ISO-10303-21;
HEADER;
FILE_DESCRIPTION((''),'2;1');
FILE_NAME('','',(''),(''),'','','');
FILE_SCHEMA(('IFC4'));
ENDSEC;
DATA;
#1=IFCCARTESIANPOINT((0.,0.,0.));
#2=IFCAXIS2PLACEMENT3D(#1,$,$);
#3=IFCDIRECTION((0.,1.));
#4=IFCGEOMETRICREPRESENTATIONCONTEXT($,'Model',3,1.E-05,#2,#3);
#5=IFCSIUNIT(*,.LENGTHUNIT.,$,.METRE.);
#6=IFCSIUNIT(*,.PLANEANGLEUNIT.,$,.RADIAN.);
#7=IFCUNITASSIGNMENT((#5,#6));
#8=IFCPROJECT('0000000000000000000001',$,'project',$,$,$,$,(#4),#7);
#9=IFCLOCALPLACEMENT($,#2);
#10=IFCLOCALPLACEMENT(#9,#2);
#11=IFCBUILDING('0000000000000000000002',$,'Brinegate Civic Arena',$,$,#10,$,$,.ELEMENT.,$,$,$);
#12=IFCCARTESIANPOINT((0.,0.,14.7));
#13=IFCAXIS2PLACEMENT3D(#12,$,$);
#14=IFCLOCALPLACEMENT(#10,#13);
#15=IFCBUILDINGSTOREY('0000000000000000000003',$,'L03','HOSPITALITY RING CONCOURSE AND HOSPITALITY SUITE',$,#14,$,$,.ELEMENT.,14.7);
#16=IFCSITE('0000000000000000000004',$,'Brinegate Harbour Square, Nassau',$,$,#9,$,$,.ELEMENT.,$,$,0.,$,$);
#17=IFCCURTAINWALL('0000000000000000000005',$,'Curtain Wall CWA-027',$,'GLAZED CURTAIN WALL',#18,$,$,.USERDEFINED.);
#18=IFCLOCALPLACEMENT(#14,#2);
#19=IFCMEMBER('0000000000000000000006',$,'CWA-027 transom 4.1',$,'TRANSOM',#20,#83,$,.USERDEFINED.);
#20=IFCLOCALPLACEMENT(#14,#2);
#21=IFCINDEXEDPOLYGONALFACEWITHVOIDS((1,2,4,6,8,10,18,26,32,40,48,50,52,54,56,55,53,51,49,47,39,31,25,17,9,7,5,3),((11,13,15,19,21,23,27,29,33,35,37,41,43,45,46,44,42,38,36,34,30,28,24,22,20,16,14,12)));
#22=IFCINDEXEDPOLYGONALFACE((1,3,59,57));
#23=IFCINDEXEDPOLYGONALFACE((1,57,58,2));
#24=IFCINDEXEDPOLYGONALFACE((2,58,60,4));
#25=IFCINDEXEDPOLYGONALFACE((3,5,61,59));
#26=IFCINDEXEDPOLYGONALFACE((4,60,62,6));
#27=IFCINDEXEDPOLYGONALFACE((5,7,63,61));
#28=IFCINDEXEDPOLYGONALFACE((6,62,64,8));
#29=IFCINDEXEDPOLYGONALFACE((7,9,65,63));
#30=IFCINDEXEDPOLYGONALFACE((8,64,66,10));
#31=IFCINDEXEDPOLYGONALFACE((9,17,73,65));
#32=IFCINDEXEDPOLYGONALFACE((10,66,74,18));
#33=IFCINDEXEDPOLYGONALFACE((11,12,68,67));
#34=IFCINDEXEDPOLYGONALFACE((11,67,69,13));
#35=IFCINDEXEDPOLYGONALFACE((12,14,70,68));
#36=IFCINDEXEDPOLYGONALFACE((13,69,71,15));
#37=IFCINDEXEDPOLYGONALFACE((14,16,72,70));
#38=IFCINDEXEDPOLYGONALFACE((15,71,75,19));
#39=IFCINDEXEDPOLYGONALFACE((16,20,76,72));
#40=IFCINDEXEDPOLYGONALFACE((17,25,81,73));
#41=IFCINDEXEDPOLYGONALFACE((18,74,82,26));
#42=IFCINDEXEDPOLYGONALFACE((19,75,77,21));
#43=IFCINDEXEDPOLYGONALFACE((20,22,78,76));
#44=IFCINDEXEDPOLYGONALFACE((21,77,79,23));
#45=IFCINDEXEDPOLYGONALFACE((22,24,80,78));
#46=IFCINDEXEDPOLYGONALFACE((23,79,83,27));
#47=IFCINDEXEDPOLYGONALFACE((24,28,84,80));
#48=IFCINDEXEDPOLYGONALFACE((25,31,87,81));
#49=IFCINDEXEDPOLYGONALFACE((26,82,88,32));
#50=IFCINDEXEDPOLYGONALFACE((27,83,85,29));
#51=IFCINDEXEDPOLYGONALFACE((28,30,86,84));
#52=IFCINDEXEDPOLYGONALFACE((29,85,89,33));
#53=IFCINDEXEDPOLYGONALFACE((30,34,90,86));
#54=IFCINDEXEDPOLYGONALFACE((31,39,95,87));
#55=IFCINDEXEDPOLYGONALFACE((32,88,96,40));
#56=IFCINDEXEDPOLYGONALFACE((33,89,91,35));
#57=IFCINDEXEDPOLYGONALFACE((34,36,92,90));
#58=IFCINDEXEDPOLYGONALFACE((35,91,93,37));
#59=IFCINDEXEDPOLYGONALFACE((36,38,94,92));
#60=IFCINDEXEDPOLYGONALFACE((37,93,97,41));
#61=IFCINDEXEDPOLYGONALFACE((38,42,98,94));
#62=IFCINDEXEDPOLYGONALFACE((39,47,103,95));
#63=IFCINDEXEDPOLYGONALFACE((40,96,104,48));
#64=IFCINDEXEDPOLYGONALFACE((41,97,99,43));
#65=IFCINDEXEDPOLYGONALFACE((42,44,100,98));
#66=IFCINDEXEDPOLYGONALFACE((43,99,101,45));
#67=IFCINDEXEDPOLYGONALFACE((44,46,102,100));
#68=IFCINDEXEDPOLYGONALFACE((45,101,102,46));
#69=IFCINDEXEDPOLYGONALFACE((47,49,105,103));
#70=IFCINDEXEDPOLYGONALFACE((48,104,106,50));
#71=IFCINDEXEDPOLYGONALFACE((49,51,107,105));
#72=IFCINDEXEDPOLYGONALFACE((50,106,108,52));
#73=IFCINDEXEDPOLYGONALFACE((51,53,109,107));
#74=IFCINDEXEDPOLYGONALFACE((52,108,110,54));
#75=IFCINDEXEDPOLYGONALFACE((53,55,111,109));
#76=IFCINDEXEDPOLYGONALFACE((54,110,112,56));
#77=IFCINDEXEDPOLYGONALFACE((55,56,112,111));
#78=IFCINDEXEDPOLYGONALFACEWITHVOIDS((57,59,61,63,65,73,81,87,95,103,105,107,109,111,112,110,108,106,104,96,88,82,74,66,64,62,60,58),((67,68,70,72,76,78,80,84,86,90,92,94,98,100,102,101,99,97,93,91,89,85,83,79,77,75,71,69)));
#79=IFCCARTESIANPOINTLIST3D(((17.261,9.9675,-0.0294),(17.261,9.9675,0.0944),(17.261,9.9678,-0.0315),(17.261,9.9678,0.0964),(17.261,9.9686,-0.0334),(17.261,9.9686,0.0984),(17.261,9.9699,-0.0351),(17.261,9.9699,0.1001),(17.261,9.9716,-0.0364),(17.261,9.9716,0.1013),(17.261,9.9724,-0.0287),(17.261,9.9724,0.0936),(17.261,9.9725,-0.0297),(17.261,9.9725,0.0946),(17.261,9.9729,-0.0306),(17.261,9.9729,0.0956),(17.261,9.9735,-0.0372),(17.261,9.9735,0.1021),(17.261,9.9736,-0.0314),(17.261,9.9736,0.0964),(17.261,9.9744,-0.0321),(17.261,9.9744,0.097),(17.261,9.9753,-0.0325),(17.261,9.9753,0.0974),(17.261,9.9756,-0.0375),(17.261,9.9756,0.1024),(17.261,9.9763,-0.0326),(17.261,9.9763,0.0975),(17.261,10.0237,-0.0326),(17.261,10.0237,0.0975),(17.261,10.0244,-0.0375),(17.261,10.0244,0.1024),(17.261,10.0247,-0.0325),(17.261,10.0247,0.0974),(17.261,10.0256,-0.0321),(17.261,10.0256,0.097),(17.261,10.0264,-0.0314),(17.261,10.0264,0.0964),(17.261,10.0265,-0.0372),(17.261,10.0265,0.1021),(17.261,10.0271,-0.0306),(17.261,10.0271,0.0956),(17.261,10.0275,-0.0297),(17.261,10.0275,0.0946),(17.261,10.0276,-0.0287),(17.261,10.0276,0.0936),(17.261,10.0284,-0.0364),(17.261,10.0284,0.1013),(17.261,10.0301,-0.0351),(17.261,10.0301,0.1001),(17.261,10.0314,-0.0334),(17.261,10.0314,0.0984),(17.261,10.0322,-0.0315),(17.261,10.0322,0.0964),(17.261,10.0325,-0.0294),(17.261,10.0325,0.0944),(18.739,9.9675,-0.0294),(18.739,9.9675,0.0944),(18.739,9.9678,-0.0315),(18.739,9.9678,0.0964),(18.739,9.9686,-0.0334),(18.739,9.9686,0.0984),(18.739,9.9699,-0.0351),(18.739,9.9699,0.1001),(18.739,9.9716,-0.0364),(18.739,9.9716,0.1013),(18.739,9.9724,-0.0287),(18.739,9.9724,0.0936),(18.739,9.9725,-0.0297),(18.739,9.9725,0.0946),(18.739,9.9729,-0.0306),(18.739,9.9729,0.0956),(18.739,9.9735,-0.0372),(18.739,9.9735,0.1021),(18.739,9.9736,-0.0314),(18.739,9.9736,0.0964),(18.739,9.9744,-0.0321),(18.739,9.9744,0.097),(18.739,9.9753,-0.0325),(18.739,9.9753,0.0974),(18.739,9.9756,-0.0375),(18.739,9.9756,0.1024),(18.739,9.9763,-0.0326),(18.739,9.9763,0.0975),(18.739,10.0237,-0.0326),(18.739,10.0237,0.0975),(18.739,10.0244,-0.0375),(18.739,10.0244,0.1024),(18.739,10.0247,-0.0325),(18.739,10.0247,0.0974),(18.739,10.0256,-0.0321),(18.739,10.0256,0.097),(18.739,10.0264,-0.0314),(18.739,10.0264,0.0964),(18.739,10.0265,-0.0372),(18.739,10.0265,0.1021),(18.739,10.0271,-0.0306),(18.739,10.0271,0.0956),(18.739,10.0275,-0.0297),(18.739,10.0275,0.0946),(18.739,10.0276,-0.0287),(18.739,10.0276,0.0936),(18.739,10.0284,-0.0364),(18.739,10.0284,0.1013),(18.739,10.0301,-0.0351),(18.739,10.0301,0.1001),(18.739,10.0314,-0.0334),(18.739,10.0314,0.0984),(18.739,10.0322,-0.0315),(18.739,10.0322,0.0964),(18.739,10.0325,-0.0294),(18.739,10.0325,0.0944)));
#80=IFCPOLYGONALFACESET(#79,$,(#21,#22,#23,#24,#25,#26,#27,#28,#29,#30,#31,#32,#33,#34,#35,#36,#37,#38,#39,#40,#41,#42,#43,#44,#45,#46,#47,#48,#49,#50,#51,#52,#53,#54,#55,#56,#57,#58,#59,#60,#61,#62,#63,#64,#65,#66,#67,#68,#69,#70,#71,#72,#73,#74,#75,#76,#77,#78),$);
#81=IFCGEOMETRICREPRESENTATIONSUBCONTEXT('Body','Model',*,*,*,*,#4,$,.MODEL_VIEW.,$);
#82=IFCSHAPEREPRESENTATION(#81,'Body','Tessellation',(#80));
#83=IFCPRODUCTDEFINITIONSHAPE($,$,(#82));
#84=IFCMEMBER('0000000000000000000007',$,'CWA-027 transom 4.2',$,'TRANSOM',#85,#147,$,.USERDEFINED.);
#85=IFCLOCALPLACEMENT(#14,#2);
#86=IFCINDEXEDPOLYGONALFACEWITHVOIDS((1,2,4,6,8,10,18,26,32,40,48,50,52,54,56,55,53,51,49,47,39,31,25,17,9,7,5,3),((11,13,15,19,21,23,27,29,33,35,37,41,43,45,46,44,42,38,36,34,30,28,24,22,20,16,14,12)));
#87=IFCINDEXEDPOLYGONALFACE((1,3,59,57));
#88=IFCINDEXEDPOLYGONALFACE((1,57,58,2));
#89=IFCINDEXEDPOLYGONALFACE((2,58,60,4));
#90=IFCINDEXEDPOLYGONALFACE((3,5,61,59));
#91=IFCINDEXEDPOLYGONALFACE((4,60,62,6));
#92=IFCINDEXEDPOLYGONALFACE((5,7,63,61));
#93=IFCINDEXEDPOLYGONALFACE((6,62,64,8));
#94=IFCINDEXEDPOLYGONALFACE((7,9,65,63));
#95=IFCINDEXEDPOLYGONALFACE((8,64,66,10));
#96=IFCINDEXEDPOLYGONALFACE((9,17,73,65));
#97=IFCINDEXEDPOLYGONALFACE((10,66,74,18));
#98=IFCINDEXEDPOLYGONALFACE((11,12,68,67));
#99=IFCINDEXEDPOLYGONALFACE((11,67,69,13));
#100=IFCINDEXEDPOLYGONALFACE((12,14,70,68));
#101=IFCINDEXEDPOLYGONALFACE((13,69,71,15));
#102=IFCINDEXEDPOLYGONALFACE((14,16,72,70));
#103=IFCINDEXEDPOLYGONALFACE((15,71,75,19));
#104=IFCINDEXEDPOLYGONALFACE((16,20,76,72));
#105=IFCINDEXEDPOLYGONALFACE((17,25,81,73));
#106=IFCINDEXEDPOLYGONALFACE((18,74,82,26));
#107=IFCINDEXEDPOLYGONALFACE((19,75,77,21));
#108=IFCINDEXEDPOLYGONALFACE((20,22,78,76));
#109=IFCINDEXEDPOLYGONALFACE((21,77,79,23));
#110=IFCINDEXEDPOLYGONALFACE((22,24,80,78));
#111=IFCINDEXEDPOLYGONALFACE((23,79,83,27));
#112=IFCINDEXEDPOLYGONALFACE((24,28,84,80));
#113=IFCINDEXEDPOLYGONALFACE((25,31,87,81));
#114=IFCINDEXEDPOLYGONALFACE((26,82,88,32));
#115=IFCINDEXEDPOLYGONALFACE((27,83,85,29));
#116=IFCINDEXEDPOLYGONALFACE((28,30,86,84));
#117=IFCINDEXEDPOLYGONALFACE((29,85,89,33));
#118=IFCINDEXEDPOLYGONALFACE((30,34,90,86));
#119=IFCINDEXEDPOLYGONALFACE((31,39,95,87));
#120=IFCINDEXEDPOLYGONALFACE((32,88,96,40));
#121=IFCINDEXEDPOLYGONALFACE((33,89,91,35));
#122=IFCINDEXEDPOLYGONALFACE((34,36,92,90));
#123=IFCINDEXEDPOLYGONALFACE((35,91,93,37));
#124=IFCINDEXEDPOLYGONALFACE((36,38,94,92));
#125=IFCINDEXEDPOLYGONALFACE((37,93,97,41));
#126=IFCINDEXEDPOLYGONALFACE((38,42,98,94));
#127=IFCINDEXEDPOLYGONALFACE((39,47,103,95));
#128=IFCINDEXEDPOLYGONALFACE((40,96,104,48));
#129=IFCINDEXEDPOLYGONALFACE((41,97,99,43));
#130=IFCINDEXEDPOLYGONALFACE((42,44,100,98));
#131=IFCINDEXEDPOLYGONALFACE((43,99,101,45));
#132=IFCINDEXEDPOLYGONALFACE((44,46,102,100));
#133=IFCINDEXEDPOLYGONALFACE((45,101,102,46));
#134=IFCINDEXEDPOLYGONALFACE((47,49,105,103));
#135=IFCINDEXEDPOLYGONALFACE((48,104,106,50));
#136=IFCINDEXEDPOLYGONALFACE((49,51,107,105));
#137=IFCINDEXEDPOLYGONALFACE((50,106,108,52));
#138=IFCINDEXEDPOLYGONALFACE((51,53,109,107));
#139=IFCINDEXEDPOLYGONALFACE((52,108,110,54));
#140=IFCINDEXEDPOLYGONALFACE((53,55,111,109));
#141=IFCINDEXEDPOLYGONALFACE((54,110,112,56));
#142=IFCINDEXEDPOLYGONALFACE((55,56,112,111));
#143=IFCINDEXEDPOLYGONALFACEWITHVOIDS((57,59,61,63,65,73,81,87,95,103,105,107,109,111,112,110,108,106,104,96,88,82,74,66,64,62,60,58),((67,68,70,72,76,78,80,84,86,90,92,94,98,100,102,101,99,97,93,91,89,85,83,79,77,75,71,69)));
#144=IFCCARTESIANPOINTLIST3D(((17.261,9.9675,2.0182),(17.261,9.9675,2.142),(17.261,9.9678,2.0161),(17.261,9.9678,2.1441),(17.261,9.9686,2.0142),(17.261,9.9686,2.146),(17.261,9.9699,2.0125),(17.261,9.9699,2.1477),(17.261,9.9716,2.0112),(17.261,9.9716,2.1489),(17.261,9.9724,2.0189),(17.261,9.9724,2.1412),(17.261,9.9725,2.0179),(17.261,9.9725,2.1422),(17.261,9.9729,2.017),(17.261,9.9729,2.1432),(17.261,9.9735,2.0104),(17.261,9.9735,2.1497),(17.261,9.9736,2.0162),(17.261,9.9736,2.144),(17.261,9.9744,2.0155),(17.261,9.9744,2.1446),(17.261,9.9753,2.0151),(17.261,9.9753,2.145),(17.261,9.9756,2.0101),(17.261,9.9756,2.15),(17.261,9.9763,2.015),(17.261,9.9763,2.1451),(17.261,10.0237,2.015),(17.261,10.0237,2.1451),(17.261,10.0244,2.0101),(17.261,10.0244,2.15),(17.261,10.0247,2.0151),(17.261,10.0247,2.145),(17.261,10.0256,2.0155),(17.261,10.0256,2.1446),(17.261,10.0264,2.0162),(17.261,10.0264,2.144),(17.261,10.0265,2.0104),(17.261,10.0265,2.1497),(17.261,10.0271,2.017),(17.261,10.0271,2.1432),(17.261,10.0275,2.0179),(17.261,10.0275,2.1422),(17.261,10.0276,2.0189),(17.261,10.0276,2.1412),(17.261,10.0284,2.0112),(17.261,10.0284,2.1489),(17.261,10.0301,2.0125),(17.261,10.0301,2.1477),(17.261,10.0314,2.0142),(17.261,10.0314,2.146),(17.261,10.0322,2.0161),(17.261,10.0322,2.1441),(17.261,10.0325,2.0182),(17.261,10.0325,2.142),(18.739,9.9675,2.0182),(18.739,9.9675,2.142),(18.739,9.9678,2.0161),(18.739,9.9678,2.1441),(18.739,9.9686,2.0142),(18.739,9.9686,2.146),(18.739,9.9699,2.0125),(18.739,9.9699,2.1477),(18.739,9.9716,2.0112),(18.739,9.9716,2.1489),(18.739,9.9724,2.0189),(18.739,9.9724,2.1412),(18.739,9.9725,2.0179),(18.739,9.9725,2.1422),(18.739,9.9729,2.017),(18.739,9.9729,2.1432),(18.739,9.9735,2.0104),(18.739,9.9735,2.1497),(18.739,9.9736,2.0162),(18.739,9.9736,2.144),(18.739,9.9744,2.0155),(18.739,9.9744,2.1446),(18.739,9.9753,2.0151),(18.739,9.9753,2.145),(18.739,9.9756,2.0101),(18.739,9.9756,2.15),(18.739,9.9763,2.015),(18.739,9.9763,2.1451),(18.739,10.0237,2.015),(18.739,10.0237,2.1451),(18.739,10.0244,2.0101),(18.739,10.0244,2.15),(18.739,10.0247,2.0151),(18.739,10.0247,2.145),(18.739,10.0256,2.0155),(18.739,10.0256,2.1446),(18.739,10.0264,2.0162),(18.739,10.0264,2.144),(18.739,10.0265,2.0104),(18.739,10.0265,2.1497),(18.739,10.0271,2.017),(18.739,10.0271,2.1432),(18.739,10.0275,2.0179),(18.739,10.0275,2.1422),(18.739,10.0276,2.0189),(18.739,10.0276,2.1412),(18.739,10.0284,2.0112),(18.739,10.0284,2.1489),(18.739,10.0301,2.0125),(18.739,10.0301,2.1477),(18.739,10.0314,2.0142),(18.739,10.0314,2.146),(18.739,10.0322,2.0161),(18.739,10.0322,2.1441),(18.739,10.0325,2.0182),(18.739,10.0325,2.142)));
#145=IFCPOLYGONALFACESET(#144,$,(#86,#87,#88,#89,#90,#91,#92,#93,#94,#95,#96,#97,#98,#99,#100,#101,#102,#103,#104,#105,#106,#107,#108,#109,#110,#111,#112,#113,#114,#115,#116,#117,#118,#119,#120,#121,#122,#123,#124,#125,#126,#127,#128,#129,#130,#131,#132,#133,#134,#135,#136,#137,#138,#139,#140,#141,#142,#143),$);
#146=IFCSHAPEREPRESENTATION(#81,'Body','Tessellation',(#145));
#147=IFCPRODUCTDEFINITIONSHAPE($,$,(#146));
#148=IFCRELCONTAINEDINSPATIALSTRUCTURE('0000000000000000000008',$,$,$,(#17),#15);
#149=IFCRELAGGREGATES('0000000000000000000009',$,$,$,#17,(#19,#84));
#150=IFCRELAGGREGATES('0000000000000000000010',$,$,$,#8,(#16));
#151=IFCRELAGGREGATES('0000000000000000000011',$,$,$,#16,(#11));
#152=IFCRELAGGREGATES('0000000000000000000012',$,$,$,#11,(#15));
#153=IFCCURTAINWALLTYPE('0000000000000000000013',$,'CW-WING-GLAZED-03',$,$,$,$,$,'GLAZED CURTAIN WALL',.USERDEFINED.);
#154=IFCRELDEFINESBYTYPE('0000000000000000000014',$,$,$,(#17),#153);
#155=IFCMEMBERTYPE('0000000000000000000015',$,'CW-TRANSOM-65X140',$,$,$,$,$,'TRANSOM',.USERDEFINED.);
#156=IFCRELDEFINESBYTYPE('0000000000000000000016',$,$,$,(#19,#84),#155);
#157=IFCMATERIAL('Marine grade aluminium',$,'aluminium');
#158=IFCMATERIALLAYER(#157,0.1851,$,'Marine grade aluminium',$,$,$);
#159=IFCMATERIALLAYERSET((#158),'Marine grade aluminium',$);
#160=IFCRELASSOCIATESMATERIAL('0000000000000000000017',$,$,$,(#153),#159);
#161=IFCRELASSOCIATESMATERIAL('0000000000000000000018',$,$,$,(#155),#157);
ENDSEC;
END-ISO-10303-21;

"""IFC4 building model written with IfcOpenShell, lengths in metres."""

from ifc_helpers import new_model, si_unit, direction, frame, origin, origin_2d, place, context, subcontext, project, spatial, hollow_rectangle, extrude, material, layer, layer_set, material_profile, profile_set, type_object, element, aggregate, save


model = new_model("IFC4")

# Units and contexts
model_context = context("Model", 3, precision=1e-05, world=origin(), true_north=direction((0.0, 1.0)))
body_context = subcontext(model_context, "Body", "Model", "MODEL_VIEW")
ifc_project = project(units=[si_unit("LENGTHUNIT", "METRE"), si_unit("PLANEANGLEUNIT", "RADIAN")], contexts=[model_context])

# Site, building, storey
site_placement = place(None, origin())
site = spatial("IfcSite", under=ifc_project, at=site_placement, Name="Brinegate Harbour Square, Nassau", CompositionType="ELEMENT", RefElevation=0.0)
building_placement = place(site_placement, origin())
building = spatial("IfcBuilding", under=site, at=building_placement, Name="Brinegate Civic Arena", CompositionType="ELEMENT")
storey_placement = place(building_placement, frame((0.0, 0.0, 14.7)))
storey = spatial("IfcBuildingStorey", under=building, at=storey_placement, Name="L03", Description="HOSPITALITY RING CONCOURSE AND HOSPITALITY SUITE", CompositionType="ELEMENT", Elevation=14.7)

# Curtain wall
ifc_material_1 = material(Name="Marine grade aluminium", Category="aluminium")
ifc_layer_1 = layer(ifc_material_1, 0.1851, Name="Marine grade aluminium")
ifc_layer_set_1 = layer_set([ifc_layer_1], Name="Marine grade aluminium")
curtain_wall_type = type_object("IfcCurtainWallType", Name="CW-WING-GLAZED-03", ElementType="GLAZED CURTAIN WALL", PredefinedType="USERDEFINED", material=ifc_layer_set_1)
curtain_wall_1_placement = place(storey_placement, origin())
curtain_wall_1 = element("IfcCurtainWall", 1, at=curtain_wall_1_placement, inside=storey, type_object=curtain_wall_type, Name="Curtain Wall CWA-027", ObjectType="GLAZED CURTAIN WALL", PredefinedType="USERDEFINED")

# Members
ifc_material_profile_1 = material_profile(ifc_material_1, hollow_rectangle(XDim=0.0649, YDim=0.1399, WallThickness=0.0049, InnerFilletRadius=0.0039, OuterFilletRadius=0.0081, at=origin_2d()), Name="TRN65X140")
ifc_profile_set_1 = profile_set([ifc_material_profile_1], Name="Marine grade aluminium")
member_type_1 = type_object("IfcMemberType", Name="CW-TRANSOM-65X140", ElementType="TRANSOM", PredefinedType="USERDEFINED", material=ifc_profile_set_1)
member_1_placement = place(storey_placement, frame((17.261, 10.0, 0.0325), z_axis=(1.0, 0.0, 0.0), x_axis=(0.0, 1.0, 0.0)))
member_1 = element("IfcMember", 2, at=member_1_placement, type_object=member_type_1, Name="CWA-027 transom 4.1", ObjectType="TRANSOM", PredefinedType="USERDEFINED", context=body_context, shape_type="SweptSolid", body=[
    extrude(hollow_rectangle(XDim=0.0649, YDim=0.1399, WallThickness=0.0049, InnerFilletRadius=0.0039, OuterFilletRadius=0.0081, at=origin_2d()), origin(), (0.0, 0.0, 1.0), 1.478),
])
member_2_placement = place(storey_placement, frame((17.261, 10.0, 2.0801), z_axis=(1.0, 0.0, 0.0), x_axis=(0.0, 1.0, 0.0)))
member_2 = element("IfcMember", 3, at=member_2_placement, type_object=member_type_1, Name="CWA-027 transom 4.2", ObjectType="TRANSOM", PredefinedType="USERDEFINED", context=body_context, shape_type="SweptSolid", body=[
    extrude(hollow_rectangle(XDim=0.0649, YDim=0.1399, WallThickness=0.0049, InnerFilletRadius=0.0039, OuterFilletRadius=0.0081, at=origin_2d()), origin(), (0.0, 0.0, 1.0), 1.478),
])

aggregate(curtain_wall_1, [member_1, member_2])

save(model, "model.ifc")
